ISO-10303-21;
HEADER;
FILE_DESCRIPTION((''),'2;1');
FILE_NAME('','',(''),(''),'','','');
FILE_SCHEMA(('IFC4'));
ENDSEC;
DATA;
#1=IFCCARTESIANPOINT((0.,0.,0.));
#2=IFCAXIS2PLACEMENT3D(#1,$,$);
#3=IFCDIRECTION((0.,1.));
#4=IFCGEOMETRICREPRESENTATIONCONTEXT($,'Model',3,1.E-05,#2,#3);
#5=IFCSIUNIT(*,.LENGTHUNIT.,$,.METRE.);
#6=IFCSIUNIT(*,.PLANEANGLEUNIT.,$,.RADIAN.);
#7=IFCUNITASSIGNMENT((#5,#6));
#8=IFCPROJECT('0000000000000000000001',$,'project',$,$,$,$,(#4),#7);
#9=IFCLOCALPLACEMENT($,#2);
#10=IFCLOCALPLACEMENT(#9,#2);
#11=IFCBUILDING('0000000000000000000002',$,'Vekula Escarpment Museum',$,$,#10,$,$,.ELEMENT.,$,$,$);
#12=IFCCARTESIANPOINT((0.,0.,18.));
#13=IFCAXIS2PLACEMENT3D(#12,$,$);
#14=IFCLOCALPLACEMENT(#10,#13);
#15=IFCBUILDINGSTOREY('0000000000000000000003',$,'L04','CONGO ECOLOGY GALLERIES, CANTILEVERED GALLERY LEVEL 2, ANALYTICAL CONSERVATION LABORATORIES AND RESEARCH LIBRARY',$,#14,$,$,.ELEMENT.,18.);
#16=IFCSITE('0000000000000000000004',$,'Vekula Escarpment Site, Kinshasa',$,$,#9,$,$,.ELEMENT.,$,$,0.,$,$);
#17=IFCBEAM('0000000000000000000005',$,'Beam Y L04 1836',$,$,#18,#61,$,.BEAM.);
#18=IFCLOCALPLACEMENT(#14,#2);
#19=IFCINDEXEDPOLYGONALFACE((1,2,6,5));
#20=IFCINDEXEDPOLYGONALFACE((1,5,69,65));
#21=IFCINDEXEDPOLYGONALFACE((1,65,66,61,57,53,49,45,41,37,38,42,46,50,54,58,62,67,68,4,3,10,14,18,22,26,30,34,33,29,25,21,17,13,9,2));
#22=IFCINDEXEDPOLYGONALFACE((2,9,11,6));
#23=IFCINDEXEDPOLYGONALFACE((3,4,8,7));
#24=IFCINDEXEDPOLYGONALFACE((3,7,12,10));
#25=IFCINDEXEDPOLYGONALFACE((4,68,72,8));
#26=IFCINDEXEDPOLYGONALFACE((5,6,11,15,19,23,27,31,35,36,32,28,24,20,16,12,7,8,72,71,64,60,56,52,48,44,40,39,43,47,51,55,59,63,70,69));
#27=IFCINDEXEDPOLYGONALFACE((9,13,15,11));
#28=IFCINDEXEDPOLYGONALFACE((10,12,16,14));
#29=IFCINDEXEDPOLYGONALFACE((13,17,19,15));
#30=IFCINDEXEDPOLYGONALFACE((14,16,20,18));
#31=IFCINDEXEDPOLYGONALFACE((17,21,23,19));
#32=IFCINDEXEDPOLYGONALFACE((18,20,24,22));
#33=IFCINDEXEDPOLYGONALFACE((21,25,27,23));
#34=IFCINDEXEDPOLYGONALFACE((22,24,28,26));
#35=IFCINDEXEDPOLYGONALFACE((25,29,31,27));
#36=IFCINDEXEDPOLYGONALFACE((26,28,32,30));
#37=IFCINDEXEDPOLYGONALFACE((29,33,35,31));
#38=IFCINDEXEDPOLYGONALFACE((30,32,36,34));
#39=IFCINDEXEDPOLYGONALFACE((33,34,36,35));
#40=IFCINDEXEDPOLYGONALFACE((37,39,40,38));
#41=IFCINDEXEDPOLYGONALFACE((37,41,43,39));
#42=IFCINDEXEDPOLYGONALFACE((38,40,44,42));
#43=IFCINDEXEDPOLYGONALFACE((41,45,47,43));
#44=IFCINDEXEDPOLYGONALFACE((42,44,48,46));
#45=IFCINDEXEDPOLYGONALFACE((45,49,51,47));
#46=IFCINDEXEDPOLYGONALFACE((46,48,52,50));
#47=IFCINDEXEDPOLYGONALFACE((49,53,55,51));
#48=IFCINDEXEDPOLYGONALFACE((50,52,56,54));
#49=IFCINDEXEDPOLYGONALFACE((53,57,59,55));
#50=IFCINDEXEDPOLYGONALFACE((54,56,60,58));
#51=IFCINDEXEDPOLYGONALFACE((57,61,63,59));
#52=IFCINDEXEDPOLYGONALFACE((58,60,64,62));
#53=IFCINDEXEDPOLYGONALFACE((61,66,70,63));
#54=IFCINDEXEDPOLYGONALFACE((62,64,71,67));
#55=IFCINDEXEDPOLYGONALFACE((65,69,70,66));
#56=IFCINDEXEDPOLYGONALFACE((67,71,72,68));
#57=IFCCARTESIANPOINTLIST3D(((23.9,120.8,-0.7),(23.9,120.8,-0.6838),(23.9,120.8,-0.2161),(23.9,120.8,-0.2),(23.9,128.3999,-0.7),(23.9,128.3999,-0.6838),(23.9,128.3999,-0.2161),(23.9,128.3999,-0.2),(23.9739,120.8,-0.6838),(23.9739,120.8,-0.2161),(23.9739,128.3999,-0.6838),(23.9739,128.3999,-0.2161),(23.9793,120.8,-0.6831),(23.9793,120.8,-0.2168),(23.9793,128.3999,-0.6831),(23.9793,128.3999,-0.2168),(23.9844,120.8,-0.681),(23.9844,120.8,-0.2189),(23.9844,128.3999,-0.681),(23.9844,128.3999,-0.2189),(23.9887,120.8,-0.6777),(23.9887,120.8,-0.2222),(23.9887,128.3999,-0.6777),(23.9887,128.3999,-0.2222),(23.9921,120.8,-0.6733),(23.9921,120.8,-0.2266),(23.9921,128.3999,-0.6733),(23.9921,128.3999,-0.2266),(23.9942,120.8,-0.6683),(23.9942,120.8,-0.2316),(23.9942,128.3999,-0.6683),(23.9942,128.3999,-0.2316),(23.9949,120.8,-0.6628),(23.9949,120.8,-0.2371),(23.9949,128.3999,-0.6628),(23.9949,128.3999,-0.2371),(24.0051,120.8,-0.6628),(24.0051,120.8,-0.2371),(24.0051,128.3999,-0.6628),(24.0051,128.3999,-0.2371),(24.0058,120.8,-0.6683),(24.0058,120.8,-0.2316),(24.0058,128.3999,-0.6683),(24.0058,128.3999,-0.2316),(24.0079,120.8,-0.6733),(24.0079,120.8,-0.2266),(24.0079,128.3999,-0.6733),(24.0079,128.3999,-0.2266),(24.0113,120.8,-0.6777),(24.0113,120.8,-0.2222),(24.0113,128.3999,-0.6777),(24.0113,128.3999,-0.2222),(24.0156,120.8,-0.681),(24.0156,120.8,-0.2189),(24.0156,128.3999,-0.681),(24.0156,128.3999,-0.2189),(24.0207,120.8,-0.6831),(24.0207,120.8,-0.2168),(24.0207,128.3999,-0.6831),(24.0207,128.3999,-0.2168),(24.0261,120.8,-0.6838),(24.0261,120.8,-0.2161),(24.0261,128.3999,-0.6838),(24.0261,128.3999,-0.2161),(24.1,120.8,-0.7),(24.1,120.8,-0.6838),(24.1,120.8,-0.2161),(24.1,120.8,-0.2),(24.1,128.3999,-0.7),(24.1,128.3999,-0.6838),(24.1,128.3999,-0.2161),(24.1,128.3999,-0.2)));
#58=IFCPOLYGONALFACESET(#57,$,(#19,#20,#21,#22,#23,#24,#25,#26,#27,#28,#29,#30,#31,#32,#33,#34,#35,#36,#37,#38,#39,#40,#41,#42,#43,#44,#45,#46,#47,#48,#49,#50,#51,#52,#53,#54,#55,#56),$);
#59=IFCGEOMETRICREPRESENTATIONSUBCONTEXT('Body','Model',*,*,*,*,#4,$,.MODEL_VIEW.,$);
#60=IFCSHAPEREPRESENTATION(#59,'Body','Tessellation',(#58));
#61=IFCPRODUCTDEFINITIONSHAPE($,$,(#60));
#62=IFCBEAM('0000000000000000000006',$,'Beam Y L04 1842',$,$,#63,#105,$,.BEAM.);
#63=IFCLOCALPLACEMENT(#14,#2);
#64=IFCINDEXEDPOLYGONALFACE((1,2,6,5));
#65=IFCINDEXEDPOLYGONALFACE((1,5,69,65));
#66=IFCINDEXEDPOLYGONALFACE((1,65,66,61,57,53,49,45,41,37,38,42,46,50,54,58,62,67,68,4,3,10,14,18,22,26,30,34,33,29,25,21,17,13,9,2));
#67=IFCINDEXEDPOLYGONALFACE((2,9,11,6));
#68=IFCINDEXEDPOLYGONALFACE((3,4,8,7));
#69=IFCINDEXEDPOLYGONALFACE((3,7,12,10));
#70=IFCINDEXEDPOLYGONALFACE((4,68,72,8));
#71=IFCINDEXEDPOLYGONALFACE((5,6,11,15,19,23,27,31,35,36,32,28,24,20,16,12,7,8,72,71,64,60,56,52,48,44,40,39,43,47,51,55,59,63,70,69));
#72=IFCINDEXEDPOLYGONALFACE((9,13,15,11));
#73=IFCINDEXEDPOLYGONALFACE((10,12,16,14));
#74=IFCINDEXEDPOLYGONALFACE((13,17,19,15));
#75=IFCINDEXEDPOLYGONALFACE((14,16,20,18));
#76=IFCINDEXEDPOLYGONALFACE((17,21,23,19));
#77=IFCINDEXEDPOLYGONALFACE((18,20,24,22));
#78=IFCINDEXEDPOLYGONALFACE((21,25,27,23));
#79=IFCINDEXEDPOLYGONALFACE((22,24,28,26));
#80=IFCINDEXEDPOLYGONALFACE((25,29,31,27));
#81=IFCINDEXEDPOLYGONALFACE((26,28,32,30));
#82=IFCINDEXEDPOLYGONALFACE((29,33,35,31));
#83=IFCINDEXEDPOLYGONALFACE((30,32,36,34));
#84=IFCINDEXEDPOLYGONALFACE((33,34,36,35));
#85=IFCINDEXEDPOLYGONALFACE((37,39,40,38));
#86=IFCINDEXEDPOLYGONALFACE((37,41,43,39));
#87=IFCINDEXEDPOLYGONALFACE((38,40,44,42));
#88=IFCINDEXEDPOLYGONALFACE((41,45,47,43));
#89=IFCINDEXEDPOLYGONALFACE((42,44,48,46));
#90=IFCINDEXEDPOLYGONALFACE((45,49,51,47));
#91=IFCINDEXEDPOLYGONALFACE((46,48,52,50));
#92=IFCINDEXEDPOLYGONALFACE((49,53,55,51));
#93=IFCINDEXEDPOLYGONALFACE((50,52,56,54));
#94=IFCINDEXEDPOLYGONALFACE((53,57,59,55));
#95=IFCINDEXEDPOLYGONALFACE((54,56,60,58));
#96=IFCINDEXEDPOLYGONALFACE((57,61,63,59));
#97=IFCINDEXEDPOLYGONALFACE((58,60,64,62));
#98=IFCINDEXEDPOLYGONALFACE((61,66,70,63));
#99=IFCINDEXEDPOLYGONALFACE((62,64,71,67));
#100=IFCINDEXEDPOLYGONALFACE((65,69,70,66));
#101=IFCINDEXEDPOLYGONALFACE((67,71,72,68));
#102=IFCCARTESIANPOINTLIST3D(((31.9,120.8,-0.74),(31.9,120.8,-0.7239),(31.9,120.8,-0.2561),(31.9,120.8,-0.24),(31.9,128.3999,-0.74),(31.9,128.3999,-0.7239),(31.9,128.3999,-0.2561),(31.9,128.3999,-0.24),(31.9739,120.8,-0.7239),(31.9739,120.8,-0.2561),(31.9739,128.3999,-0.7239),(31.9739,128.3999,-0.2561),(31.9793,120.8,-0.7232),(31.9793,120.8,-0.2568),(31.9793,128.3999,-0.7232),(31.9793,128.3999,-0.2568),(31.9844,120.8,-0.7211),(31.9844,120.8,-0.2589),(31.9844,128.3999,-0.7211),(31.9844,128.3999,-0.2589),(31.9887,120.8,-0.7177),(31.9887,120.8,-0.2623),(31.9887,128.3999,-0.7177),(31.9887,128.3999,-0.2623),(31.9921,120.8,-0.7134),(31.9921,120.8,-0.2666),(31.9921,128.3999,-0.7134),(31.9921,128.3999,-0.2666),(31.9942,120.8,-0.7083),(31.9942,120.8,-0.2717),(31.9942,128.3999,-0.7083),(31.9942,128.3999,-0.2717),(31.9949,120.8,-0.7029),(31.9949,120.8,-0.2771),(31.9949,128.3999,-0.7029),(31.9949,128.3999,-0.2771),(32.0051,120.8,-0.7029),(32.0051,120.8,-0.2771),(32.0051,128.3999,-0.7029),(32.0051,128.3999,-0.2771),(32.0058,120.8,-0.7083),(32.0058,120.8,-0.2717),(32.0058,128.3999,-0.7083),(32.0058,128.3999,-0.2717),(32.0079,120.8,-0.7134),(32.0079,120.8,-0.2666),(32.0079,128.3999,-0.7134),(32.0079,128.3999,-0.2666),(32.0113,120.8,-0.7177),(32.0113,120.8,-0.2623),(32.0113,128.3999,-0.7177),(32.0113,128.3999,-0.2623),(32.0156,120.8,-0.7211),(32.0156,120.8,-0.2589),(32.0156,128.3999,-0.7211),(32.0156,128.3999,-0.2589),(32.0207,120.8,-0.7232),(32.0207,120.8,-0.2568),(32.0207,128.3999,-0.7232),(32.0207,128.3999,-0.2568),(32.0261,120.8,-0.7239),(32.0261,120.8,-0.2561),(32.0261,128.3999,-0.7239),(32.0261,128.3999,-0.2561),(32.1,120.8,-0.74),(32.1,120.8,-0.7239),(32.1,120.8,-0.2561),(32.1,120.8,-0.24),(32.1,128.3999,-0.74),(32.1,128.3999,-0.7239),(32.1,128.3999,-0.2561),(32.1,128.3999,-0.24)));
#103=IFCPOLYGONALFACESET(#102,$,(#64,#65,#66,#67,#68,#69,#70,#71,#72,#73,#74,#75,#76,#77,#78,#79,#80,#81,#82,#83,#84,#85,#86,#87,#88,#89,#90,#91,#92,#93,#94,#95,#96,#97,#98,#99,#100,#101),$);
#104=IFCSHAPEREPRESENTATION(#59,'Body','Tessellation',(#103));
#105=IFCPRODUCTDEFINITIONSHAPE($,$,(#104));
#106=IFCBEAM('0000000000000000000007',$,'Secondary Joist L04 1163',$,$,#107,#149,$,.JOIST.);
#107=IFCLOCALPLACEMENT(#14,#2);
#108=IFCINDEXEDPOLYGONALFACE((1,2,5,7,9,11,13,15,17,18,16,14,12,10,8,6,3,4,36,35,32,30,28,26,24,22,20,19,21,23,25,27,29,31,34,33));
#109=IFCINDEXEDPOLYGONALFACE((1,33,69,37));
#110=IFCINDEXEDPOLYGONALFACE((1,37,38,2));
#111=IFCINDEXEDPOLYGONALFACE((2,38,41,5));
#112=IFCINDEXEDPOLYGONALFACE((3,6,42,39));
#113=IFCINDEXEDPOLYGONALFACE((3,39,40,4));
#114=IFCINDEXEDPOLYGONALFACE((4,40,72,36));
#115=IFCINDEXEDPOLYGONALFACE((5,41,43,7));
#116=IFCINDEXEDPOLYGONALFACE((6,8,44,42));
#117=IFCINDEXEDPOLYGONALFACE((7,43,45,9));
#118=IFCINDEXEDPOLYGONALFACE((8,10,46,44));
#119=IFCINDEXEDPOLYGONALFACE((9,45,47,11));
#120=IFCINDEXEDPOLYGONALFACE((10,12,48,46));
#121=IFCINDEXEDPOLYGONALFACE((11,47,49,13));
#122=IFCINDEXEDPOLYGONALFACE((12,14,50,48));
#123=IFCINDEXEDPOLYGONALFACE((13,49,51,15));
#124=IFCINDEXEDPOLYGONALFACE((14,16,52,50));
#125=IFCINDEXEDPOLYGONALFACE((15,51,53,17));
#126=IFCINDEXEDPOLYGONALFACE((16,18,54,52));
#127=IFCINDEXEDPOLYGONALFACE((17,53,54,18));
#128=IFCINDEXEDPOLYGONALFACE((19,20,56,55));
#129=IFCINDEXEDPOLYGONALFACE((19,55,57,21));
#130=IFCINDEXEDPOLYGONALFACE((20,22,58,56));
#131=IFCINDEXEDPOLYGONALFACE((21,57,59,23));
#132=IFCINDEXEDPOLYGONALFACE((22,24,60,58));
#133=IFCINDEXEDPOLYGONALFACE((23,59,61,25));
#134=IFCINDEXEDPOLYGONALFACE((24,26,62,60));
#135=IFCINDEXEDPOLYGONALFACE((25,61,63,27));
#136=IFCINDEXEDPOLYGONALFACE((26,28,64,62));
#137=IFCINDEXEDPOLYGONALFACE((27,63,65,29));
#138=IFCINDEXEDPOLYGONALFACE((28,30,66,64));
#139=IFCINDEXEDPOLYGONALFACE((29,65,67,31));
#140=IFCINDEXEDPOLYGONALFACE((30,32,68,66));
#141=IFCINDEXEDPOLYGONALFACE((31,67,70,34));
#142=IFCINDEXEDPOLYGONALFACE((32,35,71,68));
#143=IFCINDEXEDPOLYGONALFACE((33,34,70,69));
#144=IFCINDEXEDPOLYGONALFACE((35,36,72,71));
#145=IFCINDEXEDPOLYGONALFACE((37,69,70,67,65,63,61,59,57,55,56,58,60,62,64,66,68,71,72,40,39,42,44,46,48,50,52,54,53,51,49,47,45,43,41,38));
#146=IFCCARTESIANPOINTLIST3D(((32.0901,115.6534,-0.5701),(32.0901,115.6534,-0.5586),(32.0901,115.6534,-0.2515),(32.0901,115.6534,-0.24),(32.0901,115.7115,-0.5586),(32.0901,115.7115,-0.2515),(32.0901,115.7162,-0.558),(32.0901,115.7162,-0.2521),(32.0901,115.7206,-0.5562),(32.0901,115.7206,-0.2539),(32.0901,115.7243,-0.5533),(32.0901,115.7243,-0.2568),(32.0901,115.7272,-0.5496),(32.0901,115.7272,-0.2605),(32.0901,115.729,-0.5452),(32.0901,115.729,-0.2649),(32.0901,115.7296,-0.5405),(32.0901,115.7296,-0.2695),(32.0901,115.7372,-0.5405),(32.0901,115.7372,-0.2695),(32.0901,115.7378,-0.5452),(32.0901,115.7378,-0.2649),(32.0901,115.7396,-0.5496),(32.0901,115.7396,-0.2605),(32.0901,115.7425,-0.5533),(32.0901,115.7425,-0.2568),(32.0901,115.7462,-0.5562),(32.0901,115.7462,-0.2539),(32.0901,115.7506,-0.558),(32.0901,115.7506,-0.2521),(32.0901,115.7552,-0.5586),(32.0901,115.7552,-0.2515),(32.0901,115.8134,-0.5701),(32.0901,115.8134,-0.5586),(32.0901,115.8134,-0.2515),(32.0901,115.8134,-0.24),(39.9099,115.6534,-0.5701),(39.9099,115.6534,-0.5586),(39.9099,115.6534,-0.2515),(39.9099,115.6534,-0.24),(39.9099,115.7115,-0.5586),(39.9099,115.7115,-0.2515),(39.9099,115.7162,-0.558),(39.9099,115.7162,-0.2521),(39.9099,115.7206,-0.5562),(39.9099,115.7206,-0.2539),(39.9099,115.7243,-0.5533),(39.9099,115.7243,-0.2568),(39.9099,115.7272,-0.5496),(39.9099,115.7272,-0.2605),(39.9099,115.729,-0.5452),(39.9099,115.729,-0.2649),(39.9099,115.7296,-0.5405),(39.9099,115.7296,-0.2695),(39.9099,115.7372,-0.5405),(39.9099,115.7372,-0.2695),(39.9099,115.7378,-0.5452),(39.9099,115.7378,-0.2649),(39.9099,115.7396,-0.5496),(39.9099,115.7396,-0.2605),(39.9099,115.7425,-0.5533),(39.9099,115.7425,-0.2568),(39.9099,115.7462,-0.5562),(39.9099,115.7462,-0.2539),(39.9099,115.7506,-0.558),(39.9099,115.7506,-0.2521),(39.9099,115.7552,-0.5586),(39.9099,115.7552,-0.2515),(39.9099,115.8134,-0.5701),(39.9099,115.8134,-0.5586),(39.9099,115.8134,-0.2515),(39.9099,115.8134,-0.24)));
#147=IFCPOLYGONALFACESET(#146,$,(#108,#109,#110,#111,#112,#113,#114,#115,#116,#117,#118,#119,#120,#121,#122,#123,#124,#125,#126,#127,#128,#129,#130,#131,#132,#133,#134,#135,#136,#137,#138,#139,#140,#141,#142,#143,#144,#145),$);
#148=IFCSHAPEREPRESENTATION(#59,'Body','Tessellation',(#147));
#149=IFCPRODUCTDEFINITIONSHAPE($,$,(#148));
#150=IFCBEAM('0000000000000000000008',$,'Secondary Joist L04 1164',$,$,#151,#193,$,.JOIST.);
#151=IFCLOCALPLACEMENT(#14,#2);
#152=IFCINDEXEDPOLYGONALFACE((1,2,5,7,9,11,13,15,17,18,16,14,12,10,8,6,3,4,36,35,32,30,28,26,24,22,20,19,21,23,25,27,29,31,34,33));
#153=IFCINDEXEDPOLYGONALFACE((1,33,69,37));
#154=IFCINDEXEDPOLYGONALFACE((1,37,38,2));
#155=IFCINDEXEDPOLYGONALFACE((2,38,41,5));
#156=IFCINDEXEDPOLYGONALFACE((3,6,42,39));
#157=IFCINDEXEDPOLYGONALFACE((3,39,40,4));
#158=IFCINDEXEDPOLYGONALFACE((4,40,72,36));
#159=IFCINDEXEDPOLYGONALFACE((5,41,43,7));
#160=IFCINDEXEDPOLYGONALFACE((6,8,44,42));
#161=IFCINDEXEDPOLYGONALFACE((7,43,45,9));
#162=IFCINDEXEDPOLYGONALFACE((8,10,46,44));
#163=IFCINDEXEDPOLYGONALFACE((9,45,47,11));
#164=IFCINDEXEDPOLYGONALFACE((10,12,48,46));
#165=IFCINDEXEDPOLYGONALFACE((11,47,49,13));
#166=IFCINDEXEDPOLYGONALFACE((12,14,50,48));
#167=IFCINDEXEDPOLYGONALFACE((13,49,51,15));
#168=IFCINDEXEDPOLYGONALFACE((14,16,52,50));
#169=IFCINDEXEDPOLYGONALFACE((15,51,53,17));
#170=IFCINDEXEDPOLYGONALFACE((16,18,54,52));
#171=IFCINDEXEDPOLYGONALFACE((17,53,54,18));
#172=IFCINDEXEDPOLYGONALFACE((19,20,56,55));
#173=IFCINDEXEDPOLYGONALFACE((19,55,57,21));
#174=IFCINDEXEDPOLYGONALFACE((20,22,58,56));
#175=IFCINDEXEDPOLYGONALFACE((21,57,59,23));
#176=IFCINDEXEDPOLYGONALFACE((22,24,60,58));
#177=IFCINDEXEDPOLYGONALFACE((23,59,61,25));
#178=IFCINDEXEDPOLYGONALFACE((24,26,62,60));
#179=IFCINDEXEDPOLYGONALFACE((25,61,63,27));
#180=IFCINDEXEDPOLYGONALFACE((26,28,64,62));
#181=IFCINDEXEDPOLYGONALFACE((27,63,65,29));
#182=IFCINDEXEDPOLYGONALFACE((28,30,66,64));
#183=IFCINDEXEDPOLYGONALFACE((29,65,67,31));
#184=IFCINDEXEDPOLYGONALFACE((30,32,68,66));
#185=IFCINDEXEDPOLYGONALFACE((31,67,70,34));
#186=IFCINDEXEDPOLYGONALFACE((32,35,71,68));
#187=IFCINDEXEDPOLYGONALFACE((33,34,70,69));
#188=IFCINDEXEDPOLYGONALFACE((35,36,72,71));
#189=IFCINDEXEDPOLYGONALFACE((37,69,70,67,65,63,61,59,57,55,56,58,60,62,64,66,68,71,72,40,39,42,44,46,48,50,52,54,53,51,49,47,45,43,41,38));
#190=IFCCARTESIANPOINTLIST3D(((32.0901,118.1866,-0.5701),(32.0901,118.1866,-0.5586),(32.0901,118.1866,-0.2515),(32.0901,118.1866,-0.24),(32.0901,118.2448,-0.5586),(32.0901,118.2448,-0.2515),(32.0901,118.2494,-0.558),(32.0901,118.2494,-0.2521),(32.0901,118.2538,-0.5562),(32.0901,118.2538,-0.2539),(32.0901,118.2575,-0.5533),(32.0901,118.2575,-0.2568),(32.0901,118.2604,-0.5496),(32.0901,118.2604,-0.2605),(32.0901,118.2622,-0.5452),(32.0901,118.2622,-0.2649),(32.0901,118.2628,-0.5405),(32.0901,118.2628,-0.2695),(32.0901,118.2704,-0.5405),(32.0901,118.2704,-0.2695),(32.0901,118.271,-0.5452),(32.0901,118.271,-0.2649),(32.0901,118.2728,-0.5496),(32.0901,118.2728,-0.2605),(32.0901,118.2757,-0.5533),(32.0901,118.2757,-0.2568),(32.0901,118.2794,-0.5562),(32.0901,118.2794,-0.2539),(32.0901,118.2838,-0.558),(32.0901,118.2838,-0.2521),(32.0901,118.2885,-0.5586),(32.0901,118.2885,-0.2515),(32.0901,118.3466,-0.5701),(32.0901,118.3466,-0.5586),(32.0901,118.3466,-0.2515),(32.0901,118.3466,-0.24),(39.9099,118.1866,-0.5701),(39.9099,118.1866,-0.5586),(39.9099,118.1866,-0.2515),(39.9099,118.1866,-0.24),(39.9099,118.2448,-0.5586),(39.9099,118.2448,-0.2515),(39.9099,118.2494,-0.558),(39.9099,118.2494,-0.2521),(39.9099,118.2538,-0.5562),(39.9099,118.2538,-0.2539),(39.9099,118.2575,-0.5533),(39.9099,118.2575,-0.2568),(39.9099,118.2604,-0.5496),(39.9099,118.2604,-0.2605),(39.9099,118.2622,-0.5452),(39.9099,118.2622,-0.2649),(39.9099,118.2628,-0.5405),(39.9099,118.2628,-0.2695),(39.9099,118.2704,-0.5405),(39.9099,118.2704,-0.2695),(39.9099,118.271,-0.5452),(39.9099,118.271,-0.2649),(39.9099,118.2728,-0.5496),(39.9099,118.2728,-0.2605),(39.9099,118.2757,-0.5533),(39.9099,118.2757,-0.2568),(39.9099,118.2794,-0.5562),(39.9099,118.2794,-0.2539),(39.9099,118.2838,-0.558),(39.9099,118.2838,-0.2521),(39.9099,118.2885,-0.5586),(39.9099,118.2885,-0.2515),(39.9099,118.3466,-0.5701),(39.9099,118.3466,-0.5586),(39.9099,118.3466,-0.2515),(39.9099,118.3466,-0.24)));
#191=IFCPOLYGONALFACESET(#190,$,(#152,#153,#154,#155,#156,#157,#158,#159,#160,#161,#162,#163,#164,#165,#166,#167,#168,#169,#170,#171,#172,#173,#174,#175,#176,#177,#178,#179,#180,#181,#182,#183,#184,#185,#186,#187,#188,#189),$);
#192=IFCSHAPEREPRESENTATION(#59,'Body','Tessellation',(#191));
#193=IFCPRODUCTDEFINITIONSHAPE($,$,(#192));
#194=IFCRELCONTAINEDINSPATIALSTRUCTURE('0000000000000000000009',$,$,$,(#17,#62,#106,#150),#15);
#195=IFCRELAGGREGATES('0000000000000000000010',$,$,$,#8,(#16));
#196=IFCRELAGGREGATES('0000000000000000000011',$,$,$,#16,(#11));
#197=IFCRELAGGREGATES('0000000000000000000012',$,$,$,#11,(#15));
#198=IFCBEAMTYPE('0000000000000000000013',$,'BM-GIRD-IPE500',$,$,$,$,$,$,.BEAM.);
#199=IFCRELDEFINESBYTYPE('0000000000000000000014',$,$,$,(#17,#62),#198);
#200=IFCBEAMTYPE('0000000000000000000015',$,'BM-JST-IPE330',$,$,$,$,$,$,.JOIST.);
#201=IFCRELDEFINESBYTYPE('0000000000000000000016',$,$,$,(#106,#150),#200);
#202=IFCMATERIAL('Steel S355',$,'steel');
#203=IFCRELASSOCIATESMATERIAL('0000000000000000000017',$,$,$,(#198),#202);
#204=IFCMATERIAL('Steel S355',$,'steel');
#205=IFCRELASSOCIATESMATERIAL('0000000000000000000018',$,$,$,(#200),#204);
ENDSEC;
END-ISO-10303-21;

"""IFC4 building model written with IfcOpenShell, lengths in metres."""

from ifc_helpers import new_model, si_unit, direction, frame, origin, origin_2d, place, context, subcontext, project, spatial, i_section, extrude, material, material_profile, profile_set, type_object, element, save


model = new_model("IFC4")

# Units and contexts
model_context = context("Model", 3, precision=1e-05, world=origin(), true_north=direction((0.0, 1.0)))
body_context = subcontext(model_context, "Body", "Model", "MODEL_VIEW")
ifc_project = project(units=[si_unit("LENGTHUNIT", "METRE"), si_unit("PLANEANGLEUNIT", "RADIAN")], contexts=[model_context])

# Site, building, storey
site_placement = place(None, origin())
site = spatial("IfcSite", under=ifc_project, at=site_placement, Name="Vekula Escarpment Site, Kinshasa", CompositionType="ELEMENT", RefElevation=0.0)
building_placement = place(site_placement, origin())
building = spatial("IfcBuilding", under=site, at=building_placement, Name="Vekula Escarpment Museum", CompositionType="ELEMENT")
storey_placement = place(building_placement, frame((0.0, 0.0, 18.0)))
storey = spatial("IfcBuildingStorey", under=building, at=storey_placement, Name="L04", Description="CONGO ECOLOGY GALLERIES, CANTILEVERED GALLERY LEVEL 2, ANALYTICAL CONSERVATION LABORATORIES AND RESEARCH LIBRARY", CompositionType="ELEMENT", Elevation=18.0)

# Beams
ifc_material_1 = material(Name="Steel S355", Category="steel")
ifc_material_profile_1 = material_profile(ifc_material_1, i_section(OverallWidth=0.2, OverallDepth=0.5, WebThickness=0.0103, FlangeThickness=0.0161, FilletRadius=0.021, at=origin_2d()), Name="IPE 500")
ifc_profile_set_1 = profile_set([ifc_material_profile_1], Name="Steel S355")
beam_type_1 = type_object("IfcBeamType", Name="BM-GIRD-IPE500", PredefinedType="BEAM", material=ifc_profile_set_1)
for number, where, z_axis, x_axis, name in (
    (1, (24.0, 120.8, -0.45), (0.0, 1.0, 0.0), (-1.0, 0.0, 0.0), "Beam Y L04 1836"),
    (2, (32.0, 120.8, -0.49), (0.0, 1.0, 0.0), (-1.0, 0.0, 0.0), "Beam Y L04 1842"),
):
    element("IfcBeam", number, at=place(storey_placement, frame(where, z_axis=z_axis, x_axis=x_axis)), inside=storey, type_object=beam_type_1, Name=name, PredefinedType="BEAM", context=body_context, shape_type="SweptSolid", body=[
        extrude(i_section(OverallWidth=0.2, OverallDepth=0.5, WebThickness=0.0103, FlangeThickness=0.0161, FilletRadius=0.021, at=origin_2d()), origin(), (0.0, 0.0, 1.0), 7.5999),
    ])
ifc_material_2 = material(Name="Steel S355", Category="steel")
ifc_material_profile_2 = material_profile(ifc_material_2, i_section(OverallWidth=0.1599, OverallDepth=0.3301, WebThickness=0.0076, FlangeThickness=0.0115, FilletRadius=0.0181, at=origin_2d()), Name="IPE 330")
ifc_profile_set_2 = profile_set([ifc_material_profile_2], Name="Steel S355")
beam_type_2 = type_object("IfcBeamType", Name="BM-JST-IPE330", PredefinedType="JOIST", material=ifc_profile_set_2)
for number, where, z_axis, x_axis, name in (
    (3, (32.0901, 115.7334, -0.405), (1.0, 0.0, 0.0), (0.0, 1.0, 0.0), "Secondary Joist L04 1163"),
    (4, (32.0901, 118.2666, -0.405), (1.0, 0.0, 0.0), (0.0, 1.0, 0.0), "Secondary Joist L04 1164"),
):
    element("IfcBeam", number, at=place(storey_placement, frame(where, z_axis=z_axis, x_axis=x_axis)), inside=storey, type_object=beam_type_2, Name=name, PredefinedType="JOIST", context=body_context, shape_type="SweptSolid", body=[
        extrude(i_section(OverallWidth=0.1599, OverallDepth=0.3301, WebThickness=0.0076, FlangeThickness=0.0115, FilletRadius=0.0181, at=origin_2d()), origin(), (0.0, 0.0, 1.0), 7.8198),
    ])

save(model, "model.ifc")
